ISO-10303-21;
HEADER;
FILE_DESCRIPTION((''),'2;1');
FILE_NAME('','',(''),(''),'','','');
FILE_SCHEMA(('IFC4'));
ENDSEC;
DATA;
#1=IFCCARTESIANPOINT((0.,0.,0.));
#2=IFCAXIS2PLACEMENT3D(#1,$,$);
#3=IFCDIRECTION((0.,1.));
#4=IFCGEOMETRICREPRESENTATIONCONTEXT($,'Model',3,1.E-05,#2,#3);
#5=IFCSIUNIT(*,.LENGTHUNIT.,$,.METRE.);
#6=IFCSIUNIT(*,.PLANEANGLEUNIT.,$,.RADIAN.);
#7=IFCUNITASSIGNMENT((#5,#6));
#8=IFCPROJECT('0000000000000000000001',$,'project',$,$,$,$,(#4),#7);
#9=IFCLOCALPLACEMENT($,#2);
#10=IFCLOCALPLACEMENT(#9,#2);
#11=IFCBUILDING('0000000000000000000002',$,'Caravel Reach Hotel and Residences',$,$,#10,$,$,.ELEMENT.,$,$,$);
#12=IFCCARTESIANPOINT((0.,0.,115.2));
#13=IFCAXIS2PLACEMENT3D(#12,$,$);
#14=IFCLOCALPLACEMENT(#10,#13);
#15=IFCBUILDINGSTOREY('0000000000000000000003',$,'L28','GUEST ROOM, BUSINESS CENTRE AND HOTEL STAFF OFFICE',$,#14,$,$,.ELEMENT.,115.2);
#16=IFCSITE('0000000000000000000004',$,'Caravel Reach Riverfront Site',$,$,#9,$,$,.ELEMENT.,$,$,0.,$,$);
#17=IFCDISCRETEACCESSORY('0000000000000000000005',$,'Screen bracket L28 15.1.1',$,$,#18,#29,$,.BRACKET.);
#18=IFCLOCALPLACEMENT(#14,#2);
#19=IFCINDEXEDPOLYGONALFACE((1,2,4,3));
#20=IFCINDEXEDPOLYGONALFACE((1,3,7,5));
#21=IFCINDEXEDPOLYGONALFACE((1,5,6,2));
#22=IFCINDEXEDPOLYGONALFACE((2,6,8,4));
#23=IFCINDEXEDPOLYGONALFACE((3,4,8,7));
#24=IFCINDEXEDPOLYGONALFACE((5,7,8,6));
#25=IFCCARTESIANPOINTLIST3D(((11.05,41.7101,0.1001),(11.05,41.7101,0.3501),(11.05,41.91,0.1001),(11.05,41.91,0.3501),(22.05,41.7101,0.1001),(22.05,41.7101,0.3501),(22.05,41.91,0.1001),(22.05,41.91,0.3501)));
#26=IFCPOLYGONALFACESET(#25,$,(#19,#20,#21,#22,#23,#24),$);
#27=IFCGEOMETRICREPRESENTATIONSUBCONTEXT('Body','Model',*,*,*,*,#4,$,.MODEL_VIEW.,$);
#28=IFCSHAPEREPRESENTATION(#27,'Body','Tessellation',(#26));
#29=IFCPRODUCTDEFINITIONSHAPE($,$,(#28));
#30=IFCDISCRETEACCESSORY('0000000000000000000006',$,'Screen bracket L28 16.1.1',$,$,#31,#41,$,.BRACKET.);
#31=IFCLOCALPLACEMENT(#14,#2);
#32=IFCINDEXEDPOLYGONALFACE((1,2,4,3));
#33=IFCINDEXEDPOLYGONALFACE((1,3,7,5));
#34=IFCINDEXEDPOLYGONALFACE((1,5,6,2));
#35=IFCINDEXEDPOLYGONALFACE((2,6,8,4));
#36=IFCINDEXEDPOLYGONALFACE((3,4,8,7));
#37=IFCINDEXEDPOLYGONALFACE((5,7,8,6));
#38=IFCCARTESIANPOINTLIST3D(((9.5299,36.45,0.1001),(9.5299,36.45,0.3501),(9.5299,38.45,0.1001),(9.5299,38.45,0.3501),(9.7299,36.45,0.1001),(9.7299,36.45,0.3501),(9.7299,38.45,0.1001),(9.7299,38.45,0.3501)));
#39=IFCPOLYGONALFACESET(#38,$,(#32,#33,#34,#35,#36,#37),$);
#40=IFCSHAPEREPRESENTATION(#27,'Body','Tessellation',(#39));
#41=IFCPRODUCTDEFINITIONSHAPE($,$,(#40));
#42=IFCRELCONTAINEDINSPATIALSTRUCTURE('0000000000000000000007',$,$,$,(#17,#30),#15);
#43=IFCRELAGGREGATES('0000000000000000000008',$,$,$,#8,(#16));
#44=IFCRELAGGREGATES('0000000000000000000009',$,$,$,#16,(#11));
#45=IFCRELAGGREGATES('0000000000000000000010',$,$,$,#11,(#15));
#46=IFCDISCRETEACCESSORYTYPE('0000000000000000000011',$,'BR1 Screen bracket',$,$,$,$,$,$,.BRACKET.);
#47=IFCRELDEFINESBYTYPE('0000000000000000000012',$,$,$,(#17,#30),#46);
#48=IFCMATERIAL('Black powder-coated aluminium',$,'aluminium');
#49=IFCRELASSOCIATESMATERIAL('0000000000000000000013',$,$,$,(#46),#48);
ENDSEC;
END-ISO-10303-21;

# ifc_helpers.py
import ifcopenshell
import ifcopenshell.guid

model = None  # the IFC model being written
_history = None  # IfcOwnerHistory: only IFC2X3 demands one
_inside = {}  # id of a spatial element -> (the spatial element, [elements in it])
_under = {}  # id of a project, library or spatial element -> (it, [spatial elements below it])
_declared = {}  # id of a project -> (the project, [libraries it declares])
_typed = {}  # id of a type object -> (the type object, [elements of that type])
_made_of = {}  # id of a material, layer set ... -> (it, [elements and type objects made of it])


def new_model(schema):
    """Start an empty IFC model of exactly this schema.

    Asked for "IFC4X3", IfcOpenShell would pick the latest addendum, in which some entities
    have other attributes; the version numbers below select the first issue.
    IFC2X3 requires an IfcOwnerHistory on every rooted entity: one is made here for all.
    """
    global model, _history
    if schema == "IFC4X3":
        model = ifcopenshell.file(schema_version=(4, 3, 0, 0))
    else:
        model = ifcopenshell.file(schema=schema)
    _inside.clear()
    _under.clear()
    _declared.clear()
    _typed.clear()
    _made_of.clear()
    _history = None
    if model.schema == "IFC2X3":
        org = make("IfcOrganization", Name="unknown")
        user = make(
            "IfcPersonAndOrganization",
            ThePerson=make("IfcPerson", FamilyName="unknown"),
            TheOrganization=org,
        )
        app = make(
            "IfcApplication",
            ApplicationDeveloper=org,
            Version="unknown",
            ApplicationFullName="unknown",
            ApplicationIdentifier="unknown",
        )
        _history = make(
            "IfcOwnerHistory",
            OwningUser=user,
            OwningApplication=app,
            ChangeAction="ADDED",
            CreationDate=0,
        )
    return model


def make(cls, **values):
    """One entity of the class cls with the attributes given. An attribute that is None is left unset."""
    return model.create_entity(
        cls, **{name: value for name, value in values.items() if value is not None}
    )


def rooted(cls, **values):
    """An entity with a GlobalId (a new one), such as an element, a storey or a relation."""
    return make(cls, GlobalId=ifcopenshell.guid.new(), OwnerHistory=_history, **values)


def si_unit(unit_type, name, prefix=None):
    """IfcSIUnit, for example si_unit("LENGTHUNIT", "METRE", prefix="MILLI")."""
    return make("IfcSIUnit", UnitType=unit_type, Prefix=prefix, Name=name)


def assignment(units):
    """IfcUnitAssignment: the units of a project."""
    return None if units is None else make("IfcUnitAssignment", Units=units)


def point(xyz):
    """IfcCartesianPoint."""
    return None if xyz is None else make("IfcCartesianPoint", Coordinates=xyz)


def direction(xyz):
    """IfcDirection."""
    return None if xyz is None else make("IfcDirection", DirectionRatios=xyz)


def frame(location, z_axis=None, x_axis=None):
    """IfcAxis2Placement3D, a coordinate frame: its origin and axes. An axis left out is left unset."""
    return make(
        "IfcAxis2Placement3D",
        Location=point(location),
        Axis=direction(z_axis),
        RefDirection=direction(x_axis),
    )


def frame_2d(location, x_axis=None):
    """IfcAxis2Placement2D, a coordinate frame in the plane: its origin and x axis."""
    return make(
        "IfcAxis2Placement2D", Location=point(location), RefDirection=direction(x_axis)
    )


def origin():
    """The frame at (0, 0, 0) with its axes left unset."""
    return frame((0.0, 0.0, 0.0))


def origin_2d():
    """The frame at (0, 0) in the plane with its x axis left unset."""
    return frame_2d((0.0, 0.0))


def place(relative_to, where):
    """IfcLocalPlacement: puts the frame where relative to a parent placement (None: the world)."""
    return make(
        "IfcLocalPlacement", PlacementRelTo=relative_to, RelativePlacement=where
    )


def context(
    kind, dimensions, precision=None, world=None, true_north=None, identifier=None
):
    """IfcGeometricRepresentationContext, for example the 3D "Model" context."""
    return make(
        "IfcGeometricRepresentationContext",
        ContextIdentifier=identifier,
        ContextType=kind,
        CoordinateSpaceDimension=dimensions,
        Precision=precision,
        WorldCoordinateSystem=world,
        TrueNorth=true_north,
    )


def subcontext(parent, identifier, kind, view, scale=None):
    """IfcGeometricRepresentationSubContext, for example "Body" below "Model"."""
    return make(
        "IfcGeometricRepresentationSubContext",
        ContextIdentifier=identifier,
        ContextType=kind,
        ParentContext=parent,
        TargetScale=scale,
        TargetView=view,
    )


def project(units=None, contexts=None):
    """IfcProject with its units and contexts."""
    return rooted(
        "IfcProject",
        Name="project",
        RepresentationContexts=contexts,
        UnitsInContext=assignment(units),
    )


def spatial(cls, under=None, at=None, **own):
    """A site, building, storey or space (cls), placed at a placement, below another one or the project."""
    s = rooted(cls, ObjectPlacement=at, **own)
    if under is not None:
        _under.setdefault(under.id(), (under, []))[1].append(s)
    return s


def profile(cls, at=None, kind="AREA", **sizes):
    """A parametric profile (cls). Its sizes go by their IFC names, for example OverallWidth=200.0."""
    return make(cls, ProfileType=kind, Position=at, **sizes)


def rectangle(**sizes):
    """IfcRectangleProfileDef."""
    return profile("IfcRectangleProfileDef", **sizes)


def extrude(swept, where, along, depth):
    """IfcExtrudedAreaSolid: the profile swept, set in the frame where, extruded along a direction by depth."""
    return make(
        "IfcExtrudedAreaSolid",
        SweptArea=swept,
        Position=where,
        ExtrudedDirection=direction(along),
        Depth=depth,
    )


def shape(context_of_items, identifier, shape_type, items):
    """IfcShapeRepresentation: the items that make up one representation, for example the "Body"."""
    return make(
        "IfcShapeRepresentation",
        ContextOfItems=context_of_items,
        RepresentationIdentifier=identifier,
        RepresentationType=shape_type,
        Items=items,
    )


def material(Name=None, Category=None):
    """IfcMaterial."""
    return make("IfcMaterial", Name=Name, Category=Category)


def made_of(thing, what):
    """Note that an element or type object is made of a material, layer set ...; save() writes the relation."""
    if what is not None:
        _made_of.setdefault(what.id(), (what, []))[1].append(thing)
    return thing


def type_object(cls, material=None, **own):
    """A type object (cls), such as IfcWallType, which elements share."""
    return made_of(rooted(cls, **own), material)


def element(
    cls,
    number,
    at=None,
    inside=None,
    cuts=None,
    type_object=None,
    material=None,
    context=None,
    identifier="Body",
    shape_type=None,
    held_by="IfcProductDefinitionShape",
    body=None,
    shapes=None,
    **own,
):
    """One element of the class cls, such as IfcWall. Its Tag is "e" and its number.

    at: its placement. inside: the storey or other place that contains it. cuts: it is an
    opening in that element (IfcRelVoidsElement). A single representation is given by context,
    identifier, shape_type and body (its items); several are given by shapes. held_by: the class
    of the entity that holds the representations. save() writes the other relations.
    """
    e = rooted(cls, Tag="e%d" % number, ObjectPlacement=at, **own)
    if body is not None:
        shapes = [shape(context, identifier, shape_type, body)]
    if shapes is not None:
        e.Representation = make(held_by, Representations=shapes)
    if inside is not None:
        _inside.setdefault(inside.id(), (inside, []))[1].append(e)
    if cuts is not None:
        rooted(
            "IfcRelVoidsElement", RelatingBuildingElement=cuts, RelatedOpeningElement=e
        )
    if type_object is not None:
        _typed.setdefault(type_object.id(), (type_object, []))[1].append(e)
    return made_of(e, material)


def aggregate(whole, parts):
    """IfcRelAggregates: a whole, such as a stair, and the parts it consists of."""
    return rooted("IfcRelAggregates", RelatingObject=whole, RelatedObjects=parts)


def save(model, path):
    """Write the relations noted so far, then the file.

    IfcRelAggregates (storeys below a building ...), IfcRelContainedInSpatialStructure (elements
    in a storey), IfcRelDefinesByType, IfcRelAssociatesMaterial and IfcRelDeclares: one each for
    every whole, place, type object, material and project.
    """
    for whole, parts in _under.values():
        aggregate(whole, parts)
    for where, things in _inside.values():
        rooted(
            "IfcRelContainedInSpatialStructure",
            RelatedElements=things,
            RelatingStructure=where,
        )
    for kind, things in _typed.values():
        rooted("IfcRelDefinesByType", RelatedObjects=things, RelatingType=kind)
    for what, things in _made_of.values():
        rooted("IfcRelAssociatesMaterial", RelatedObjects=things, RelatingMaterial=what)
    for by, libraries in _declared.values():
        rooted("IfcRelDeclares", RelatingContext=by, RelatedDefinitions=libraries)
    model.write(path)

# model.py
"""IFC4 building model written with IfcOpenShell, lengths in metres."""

from ifc_helpers import new_model, si_unit, direction, frame, origin, origin_2d, place, context, subcontext, project, spatial, rectangle, extrude, material, type_object, element, save


model = new_model("IFC4")

# Units and contexts
model_context = context("Model", 3, precision=1e-05, world=origin(), true_north=direction((0.0, 1.0)))
body_context = subcontext(model_context, "Body", "Model", "MODEL_VIEW")
ifc_project = project(units=[si_unit("LENGTHUNIT", "METRE"), si_unit("PLANEANGLEUNIT", "RADIAN")], contexts=[model_context])

# Site, building, storey
site_placement = place(None, origin())
site = spatial("IfcSite", under=ifc_project, at=site_placement, Name="Caravel Reach Riverfront Site", CompositionType="ELEMENT", RefElevation=0.0)
building_placement = place(site_placement, origin())
building = spatial("IfcBuilding", under=site, at=building_placement, Name="Caravel Reach Hotel and Residences", CompositionType="ELEMENT")
storey_placement = place(building_placement, frame((0.0, 0.0, 115.2)))
storey = spatial("IfcBuildingStorey", under=building, at=storey_placement, Name="L28", Description="GUEST ROOM, BUSINESS CENTRE AND HOTEL STAFF OFFICE", CompositionType="ELEMENT", Elevation=115.2)

# Discrete accessories
ifc_material_1 = material(Name="Black powder-coated aluminium", Category="aluminium")
discrete_accessory_type = type_object("IfcDiscreteAccessoryType", Name="BR1 Screen bracket", PredefinedType="BRACKET", material=ifc_material_1)
discrete_accessory_1_placement = place(storey_placement, frame((16.55, 41.8101, 0.1001), z_axis=(0.0, 0.0, 1.0), x_axis=(-1.0, 0.0, 0.0)))
element("IfcDiscreteAccessory", 1, at=discrete_accessory_1_placement, inside=storey, type_object=discrete_accessory_type, Name="Screen bracket L28 15.1.1", PredefinedType="BRACKET", context=body_context, shape_type="SweptSolid", body=[
    extrude(rectangle(XDim=11.0, YDim=0.2, at=origin_2d()), origin(), (0.0, 0.0, 1.0), 0.25),
])
discrete_accessory_2_placement = place(storey_placement, frame((9.6299, 37.45, 0.1001), z_axis=(0.0, 0.0, 1.0), x_axis=(0.0, 1.0, 0.0)))
element("IfcDiscreteAccessory", 2, at=discrete_accessory_2_placement, inside=storey, type_object=discrete_accessory_type, Name="Screen bracket L28 16.1.1", PredefinedType="BRACKET", context=body_context, shape_type="SweptSolid", body=[
    extrude(rectangle(XDim=2.0, YDim=0.2, at=origin_2d()), origin(), (0.0, 0.0, 1.0), 0.25),
])

save(model, "model.ifc")
